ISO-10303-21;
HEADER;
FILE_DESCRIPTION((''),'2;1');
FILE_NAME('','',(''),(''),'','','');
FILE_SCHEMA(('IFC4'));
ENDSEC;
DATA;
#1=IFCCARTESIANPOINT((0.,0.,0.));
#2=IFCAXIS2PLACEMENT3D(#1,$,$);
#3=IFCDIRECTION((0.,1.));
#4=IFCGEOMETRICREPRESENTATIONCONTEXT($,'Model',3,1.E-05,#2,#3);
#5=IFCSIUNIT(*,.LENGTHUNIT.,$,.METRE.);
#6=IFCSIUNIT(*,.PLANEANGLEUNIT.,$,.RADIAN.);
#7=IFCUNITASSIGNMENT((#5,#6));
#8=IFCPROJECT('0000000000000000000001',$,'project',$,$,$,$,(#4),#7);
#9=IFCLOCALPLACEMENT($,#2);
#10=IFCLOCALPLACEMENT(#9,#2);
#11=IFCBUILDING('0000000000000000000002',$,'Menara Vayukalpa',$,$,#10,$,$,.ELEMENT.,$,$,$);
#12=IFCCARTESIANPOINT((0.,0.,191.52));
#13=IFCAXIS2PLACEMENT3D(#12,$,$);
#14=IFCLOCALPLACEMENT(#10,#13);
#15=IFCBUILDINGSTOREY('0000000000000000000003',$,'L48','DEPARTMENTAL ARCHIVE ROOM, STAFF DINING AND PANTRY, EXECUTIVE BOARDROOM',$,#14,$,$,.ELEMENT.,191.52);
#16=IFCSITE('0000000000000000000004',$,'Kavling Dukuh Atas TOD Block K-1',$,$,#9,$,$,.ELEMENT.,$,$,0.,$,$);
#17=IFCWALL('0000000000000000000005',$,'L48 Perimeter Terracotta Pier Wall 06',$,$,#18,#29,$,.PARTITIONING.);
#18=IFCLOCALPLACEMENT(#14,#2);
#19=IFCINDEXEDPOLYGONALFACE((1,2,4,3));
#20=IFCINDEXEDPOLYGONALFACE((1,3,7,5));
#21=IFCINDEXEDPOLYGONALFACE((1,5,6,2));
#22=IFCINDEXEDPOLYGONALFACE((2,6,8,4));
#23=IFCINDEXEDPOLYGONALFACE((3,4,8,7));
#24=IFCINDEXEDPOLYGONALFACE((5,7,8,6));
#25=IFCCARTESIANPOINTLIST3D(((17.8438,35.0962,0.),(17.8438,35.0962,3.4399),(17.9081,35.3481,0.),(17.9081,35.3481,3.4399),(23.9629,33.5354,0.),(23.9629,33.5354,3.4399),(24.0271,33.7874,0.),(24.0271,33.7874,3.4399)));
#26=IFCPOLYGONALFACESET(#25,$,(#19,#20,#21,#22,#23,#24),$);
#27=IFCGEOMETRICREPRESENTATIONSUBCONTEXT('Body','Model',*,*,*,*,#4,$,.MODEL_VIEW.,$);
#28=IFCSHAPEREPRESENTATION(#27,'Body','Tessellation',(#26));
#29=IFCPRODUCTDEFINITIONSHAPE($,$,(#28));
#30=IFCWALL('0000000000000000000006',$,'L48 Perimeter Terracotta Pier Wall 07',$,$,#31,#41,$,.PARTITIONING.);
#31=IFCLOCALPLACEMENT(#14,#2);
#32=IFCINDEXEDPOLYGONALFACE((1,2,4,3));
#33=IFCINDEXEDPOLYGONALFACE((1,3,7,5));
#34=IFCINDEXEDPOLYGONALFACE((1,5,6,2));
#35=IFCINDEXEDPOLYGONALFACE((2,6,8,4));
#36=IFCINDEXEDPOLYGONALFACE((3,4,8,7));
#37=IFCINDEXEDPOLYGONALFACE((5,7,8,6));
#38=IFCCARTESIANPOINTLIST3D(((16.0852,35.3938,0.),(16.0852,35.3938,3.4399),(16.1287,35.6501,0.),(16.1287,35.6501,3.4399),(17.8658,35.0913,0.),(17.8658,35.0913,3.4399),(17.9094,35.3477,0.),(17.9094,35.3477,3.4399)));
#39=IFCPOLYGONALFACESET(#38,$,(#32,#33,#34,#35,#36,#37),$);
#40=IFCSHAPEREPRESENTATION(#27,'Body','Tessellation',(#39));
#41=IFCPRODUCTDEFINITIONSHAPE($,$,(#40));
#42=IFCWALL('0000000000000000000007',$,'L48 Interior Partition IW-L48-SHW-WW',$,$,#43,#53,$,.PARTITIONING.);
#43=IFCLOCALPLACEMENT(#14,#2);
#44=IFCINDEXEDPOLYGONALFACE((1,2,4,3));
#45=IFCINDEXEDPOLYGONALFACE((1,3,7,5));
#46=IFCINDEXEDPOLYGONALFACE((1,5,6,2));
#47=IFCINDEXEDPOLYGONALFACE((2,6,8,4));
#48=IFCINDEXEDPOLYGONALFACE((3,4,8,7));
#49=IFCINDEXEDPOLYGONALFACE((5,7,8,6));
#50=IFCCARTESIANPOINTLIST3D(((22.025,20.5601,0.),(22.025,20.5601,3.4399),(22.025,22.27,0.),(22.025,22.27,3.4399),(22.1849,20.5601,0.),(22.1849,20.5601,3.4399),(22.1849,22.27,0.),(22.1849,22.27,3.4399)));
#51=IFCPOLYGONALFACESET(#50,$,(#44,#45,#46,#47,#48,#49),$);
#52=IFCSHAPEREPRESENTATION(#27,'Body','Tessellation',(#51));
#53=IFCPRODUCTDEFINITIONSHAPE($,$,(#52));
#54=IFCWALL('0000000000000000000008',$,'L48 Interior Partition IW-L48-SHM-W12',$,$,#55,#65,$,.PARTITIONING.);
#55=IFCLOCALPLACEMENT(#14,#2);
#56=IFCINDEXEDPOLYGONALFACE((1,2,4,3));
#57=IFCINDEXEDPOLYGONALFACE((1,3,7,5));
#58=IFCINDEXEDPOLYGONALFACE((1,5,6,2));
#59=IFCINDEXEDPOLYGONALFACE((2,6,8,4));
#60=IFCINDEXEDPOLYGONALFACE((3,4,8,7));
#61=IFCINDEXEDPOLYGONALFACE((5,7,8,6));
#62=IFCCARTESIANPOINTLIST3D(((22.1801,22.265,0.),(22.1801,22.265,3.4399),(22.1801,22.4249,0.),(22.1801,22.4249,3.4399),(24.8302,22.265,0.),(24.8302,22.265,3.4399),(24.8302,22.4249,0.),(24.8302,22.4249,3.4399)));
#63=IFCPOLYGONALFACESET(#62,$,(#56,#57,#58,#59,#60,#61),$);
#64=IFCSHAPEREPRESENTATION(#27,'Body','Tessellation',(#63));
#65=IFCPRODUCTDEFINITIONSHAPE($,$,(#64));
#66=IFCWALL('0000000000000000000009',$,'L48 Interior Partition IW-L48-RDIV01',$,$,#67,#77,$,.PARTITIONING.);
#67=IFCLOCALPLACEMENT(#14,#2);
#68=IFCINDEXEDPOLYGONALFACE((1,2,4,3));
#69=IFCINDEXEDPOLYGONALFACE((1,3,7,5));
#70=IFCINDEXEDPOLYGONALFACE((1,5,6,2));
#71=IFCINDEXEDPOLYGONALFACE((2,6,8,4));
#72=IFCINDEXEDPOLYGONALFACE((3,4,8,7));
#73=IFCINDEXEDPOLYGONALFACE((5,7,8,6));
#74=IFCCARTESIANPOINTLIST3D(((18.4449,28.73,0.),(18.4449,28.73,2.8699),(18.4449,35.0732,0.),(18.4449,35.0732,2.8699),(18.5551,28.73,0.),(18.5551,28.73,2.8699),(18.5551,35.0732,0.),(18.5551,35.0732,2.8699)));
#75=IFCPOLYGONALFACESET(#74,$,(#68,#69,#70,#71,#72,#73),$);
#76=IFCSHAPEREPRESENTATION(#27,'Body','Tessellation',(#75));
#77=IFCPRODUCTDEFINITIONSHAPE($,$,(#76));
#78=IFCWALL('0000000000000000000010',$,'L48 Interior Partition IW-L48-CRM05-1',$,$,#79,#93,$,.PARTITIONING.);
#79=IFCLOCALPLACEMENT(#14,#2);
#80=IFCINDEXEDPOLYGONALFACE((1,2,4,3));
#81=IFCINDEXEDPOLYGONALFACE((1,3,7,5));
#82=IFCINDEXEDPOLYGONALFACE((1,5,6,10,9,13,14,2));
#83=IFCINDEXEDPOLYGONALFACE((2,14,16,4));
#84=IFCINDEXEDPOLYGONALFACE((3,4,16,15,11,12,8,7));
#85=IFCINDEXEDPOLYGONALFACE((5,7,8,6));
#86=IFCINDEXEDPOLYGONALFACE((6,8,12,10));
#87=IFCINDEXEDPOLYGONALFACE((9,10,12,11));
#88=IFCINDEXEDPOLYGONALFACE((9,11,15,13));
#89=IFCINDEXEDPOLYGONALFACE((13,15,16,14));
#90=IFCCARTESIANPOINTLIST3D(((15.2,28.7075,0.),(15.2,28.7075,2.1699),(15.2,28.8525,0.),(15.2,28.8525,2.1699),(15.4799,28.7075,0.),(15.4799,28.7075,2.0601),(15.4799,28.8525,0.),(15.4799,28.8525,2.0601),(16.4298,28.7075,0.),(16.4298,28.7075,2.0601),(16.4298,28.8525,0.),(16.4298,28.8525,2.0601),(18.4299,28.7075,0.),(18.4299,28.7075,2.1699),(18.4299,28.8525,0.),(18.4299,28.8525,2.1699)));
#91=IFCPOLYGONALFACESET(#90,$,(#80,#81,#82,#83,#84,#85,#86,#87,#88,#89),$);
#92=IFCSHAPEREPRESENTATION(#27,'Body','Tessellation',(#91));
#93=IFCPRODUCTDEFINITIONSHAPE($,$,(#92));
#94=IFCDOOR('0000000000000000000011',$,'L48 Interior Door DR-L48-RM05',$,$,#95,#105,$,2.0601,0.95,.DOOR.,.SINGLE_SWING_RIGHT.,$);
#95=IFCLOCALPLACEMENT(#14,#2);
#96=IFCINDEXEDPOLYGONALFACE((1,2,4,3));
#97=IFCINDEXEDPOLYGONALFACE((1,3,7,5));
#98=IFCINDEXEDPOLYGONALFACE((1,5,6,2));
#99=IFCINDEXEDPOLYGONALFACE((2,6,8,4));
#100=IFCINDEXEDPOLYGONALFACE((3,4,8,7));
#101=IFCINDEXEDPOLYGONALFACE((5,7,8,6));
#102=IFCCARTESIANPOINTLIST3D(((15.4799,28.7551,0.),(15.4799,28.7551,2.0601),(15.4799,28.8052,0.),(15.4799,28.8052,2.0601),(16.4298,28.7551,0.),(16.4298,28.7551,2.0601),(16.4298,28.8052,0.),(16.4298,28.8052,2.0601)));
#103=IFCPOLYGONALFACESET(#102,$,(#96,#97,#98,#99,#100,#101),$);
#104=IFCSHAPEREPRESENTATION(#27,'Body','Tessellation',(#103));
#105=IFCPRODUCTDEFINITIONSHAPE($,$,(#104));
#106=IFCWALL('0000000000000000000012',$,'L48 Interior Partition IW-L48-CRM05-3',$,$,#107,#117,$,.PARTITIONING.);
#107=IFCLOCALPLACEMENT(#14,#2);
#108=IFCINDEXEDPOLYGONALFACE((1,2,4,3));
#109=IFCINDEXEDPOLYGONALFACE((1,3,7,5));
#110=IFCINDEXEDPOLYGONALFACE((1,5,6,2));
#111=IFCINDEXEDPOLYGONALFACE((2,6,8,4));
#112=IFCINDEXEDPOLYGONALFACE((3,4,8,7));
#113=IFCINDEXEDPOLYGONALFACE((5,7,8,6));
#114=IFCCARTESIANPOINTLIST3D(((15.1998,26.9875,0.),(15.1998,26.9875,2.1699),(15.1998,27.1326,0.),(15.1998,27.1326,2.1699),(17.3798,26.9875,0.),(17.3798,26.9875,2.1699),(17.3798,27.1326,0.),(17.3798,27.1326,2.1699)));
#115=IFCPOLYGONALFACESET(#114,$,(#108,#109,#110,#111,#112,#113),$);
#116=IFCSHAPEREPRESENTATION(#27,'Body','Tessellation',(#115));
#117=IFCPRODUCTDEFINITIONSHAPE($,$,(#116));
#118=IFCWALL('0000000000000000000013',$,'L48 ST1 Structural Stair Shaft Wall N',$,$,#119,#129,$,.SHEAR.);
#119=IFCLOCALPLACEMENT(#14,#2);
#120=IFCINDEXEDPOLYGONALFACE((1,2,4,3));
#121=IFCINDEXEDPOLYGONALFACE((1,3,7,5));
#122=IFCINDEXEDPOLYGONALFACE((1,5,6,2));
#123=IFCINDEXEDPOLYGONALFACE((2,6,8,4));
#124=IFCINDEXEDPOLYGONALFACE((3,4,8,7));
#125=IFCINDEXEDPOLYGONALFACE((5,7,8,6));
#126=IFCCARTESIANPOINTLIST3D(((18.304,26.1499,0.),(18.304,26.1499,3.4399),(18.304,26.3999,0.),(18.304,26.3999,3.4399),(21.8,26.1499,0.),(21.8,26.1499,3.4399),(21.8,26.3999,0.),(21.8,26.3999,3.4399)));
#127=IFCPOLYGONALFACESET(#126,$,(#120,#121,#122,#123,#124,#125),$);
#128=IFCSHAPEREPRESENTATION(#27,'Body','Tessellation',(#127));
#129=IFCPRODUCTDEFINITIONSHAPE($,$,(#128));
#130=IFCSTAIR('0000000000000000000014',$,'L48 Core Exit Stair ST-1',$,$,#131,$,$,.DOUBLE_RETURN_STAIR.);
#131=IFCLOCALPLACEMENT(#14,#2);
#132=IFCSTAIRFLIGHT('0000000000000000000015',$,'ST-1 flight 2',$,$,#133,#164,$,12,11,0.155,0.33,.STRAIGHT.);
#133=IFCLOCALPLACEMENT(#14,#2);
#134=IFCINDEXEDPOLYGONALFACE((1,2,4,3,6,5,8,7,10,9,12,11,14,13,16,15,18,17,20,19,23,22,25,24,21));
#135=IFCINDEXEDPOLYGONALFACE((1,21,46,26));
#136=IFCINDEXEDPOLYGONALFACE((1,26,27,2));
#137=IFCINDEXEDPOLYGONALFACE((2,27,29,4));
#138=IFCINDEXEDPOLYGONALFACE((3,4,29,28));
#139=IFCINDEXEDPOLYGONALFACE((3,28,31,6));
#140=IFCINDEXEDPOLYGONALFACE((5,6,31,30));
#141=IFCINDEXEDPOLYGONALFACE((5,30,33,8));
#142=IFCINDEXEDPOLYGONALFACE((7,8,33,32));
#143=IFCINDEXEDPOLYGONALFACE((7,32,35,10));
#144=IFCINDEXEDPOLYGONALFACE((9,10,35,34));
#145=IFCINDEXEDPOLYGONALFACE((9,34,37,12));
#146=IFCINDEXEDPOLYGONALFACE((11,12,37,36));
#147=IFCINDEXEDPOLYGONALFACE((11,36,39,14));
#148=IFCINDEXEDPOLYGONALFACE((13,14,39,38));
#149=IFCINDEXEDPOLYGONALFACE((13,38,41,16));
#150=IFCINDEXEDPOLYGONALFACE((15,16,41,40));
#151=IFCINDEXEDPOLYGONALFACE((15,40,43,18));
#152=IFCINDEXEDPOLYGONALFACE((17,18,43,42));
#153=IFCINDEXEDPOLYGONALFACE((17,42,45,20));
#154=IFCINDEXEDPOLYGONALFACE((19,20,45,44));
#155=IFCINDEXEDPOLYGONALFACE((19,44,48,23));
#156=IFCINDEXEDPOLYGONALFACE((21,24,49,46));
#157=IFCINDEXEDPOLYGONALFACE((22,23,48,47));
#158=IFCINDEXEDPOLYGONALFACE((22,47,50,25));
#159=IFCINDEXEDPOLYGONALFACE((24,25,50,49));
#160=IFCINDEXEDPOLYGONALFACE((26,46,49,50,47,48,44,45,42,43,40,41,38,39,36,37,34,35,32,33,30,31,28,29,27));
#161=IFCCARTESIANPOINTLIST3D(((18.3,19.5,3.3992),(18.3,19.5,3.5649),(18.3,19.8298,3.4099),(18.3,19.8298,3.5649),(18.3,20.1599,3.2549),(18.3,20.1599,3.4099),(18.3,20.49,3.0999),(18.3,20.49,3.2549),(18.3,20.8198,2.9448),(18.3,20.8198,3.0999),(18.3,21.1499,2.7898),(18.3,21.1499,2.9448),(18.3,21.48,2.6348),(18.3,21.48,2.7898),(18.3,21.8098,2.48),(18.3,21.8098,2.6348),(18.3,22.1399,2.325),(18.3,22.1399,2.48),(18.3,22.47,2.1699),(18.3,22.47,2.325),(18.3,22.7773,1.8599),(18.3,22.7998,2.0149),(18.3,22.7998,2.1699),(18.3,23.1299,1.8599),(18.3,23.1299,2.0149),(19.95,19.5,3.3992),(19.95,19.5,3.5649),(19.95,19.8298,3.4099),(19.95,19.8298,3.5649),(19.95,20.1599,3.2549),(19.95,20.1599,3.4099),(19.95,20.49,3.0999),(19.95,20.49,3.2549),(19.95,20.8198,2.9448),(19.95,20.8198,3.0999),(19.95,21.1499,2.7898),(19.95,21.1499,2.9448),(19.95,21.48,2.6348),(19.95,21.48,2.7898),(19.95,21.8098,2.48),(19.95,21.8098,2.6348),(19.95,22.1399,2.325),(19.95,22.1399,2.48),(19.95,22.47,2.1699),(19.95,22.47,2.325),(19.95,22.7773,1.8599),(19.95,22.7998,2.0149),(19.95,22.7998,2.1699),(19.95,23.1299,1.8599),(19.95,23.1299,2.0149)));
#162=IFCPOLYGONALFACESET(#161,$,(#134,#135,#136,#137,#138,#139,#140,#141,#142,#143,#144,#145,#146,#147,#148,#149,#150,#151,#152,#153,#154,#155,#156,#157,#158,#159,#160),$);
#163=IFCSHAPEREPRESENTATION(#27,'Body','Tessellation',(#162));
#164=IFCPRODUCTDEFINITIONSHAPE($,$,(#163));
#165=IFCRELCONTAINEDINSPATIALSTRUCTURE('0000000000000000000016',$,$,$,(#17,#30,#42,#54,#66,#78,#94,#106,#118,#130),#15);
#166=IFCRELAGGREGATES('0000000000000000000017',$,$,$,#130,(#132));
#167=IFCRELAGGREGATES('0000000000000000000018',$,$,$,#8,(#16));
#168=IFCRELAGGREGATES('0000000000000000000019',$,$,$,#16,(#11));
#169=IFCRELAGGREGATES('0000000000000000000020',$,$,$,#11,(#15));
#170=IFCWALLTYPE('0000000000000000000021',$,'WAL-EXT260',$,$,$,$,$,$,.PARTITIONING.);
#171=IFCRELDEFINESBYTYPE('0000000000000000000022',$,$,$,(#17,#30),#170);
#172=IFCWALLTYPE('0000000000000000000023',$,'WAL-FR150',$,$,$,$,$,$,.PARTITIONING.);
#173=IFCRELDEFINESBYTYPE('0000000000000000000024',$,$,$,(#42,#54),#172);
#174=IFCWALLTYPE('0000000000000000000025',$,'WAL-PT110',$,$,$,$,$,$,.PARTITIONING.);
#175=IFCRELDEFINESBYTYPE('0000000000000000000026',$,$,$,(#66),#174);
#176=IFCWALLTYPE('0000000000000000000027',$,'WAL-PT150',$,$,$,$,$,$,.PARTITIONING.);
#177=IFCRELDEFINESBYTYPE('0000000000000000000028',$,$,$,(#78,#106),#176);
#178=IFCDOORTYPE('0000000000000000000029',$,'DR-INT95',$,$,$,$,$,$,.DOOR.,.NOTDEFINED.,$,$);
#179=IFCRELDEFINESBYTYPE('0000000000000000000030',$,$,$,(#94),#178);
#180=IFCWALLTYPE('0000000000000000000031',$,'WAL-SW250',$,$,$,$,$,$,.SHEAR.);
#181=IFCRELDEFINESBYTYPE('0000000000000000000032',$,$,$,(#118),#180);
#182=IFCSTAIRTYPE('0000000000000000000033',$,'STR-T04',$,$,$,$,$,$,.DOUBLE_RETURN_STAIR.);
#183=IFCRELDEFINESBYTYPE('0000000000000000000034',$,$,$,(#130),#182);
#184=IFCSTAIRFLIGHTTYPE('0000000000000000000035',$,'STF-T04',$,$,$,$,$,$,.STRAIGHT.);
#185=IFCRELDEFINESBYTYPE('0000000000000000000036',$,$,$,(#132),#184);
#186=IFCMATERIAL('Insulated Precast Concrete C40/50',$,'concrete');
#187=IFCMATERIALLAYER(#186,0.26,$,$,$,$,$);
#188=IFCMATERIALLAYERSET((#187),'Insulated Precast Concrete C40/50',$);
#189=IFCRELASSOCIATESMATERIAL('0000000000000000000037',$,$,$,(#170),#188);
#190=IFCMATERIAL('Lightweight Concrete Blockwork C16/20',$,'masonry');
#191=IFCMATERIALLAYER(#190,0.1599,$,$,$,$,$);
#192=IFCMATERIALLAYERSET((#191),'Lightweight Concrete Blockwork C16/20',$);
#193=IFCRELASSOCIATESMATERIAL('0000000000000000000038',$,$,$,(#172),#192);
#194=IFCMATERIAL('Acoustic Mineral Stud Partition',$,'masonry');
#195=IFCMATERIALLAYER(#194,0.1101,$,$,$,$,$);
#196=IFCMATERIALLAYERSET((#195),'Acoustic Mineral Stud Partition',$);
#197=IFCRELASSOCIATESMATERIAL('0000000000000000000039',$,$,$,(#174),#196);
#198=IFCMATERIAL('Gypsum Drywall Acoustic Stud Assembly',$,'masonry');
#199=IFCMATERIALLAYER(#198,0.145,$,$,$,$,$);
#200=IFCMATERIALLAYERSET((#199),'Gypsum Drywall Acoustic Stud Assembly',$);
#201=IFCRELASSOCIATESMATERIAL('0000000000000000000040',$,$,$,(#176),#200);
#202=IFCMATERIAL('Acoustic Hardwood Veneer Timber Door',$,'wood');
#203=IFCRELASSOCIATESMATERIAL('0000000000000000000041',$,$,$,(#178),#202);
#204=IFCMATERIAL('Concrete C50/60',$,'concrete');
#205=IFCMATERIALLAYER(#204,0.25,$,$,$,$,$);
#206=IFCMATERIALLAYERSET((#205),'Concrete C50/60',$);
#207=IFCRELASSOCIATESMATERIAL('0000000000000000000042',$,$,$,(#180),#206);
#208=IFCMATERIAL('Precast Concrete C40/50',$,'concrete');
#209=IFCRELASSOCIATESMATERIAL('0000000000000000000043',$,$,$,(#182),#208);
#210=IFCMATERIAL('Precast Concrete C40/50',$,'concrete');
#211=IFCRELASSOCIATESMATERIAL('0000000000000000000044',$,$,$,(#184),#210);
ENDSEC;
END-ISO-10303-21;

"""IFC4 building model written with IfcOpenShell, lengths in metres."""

from ifc_helpers import new_model, si_unit, direction, frame, frame_2d, origin, place, context, subcontext, project, spatial, polyline, rectangle, outline, extrude, material, layer, layer_set, type_object, element, fill, aggregate, save


model = new_model("IFC4")

# Units and contexts
model_context = context("Model", 3, precision=1e-05, world=origin(), true_north=direction((0.0, 1.0)))
body_context = subcontext(model_context, "Body", "Model", "MODEL_VIEW")
ifc_project = project(units=[si_unit("LENGTHUNIT", "METRE"), si_unit("PLANEANGLEUNIT", "RADIAN")], contexts=[model_context])

# Site, building, storey
site_placement = place(None, origin())
site = spatial("IfcSite", under=ifc_project, at=site_placement, Name="Kavling Dukuh Atas TOD Block K-1", CompositionType="ELEMENT", RefElevation=0.0)
building_placement = place(site_placement, origin())
building = spatial("IfcBuilding", under=site, at=building_placement, Name="Menara Vayukalpa", CompositionType="ELEMENT")
storey_placement = place(building_placement, frame((0.0, 0.0, 191.52)))
storey = spatial("IfcBuildingStorey", under=building, at=storey_placement, Name="L48", Description="DEPARTMENTAL ARCHIVE ROOM, STAFF DINING AND PANTRY, EXECUTIVE BOARDROOM", CompositionType="ELEMENT", Elevation=191.52)

# Walls
ifc_material_1 = material(Name="Insulated Precast Concrete C40/50", Category="concrete")
ifc_layer_1 = layer(ifc_material_1, 0.26)
ifc_layer_set_1 = layer_set([ifc_layer_1], Name="Insulated Precast Concrete C40/50")
wall_type_1 = type_object("IfcWallType", Name="WAL-EXT260", PredefinedType="PARTITIONING", material=ifc_layer_set_1)
wall_1_placement = place(storey_placement, frame((17.876, 35.2222, 0.0), z_axis=(0.0, 0.0, 1.0), x_axis=(0.968976, -0.247154, 0.0)))
element("IfcWall", 1, at=wall_1_placement, inside=storey, type_object=wall_type_1, Name="L48 Perimeter Terracotta Pier Wall 06", PredefinedType="PARTITIONING", context=body_context, shape_type="SweptSolid", body=[
    extrude(rectangle(XDim=6.3149, YDim=0.26, at=frame_2d((3.1575, 0.0))), origin(), (0.0, 0.0, 1.0), 3.4399),
])
wall_2_placement = place(storey_placement, frame((16.1069, 35.522, 0.0), z_axis=(0.0, 0.0, 1.0), x_axis=(0.985878, -0.167467, 0.0)))
element("IfcWall", 2, at=wall_2_placement, inside=storey, type_object=wall_type_1, Name="L48 Perimeter Terracotta Pier Wall 07", PredefinedType="PARTITIONING", context=body_context, shape_type="SweptSolid", body=[
    extrude(rectangle(XDim=1.8062, YDim=0.26, at=frame_2d((0.9031, 0.0))), origin(), (0.0, 0.0, 1.0), 3.4399),
])
ifc_material_2 = material(Name="Lightweight Concrete Blockwork C16/20", Category="masonry")
ifc_layer_2 = layer(ifc_material_2, 0.1599)
ifc_layer_set_2 = layer_set([ifc_layer_2], Name="Lightweight Concrete Blockwork C16/20")
wall_type_2 = type_object("IfcWallType", Name="WAL-FR150", PredefinedType="PARTITIONING", material=ifc_layer_set_2)
wall_3_placement = place(storey_placement, frame((22.105, 20.5601, 0.0), z_axis=(0.0, 0.0, 1.0), x_axis=(0.0, 1.0, 0.0)))
element("IfcWall", 3, at=wall_3_placement, inside=storey, type_object=wall_type_2, Name="L48 Interior Partition IW-L48-SHW-WW", PredefinedType="PARTITIONING", context=body_context, shape_type="SweptSolid", body=[
    extrude(rectangle(XDim=1.71, YDim=0.1599, at=frame_2d((0.855, 0.0))), origin(), (0.0, 0.0, 1.0), 3.4399),
])
wall_4_placement = place(storey_placement, frame((22.1799, 22.345, 0.0), z_axis=(0.0, 0.0, 1.0), x_axis=(1.0, 0.0, 0.0)))
element("IfcWall", 4, at=wall_4_placement, inside=storey, type_object=wall_type_2, Name="L48 Interior Partition IW-L48-SHM-W12", PredefinedType="PARTITIONING", context=body_context, shape_type="SweptSolid", body=[
    extrude(rectangle(XDim=2.6501, YDim=0.1599, at=frame_2d((1.3252, 0.0))), origin(), (0.0, 0.0, 1.0), 3.4399),
])
ifc_material_3 = material(Name="Acoustic Mineral Stud Partition", Category="masonry")
ifc_layer_3 = layer(ifc_material_3, 0.1101)
ifc_layer_set_3 = layer_set([ifc_layer_3], Name="Acoustic Mineral Stud Partition")
wall_type_3 = type_object("IfcWallType", Name="WAL-PT110", PredefinedType="PARTITIONING", material=ifc_layer_set_3)
wall_5_placement = place(storey_placement, frame((18.5, 28.73, 0.0), z_axis=(0.0, 0.0, 1.0), x_axis=(0.0, 1.0, 0.0)))
element("IfcWall", 5, at=wall_5_placement, inside=storey, type_object=wall_type_3, Name="L48 Interior Partition IW-L48-RDIV01", PredefinedType="PARTITIONING", context=body_context, shape_type="SweptSolid", body=[
    extrude(rectangle(XDim=6.3433, YDim=0.1101, at=frame_2d((3.1716, 0.0))), origin(), (0.0, 0.0, 1.0), 2.8699),
])

# Wall, opening, door
ifc_material_4 = material(Name="Gypsum Drywall Acoustic Stud Assembly", Category="masonry")
ifc_layer_4 = layer(ifc_material_4, 0.145)
ifc_layer_set_4 = layer_set([ifc_layer_4], Name="Gypsum Drywall Acoustic Stud Assembly")
wall_type_4 = type_object("IfcWallType", Name="WAL-PT150", PredefinedType="PARTITIONING", material=ifc_layer_set_4)
wall_6_placement = place(storey_placement, frame((18.4299, 28.78, 0.0), z_axis=(0.0, 0.0, 1.0), x_axis=(-1.0, 0.0, 0.0)))
wall_6 = element("IfcWall", 6, at=wall_6_placement, inside=storey, type_object=wall_type_4, Name="L48 Interior Partition IW-L48-CRM05-1", PredefinedType="PARTITIONING", context=body_context, shape_type="SweptSolid", body=[
    extrude(rectangle(XDim=3.23, YDim=0.145, at=frame_2d((1.615, 0.0))), origin(), (0.0, 0.0, 1.0), 2.1699),
])
opening_placement = place(wall_6_placement, frame((2.0, 0.0, 0.0)))
opening = element("IfcOpeningElement", 7, at=opening_placement, cuts=wall_6, PredefinedType="OPENING", context=body_context, shape_type="SweptSolid", body=[
    extrude(rectangle(XDim=0.95, YDim=2.0601, at=frame_2d((0.4751, 1.03))), frame((0.0, 0.0825, 0.0), z_axis=(0.0, -1.0, 0.0), x_axis=(1.0, 0.0, 0.0)), (0.0, 0.0, 1.0), 0.165),
])
ifc_material_5 = material(Name="Acoustic Hardwood Veneer Timber Door", Category="wood")
door_type = type_object("IfcDoorType", Name="DR-INT95", OperationType="NOTDEFINED", PredefinedType="DOOR", material=ifc_material_5)
door_placement = place(opening_placement, origin())
door = element("IfcDoor", 8, at=door_placement, inside=storey, type_object=door_type, Name="L48 Interior Door DR-L48-RM05", OperationType="SINGLE_SWING_RIGHT", OverallHeight=2.0601, OverallWidth=0.95, PredefinedType="DOOR", context=body_context, shape_type="SweptSolid", body=[
    extrude(rectangle(XDim=0.95, YDim=2.0601, at=frame_2d((0.4751, 1.03))), frame((0.0, 0.0249, 0.0), z_axis=(0.0, -1.0, 0.0), x_axis=(1.0, 0.0, 0.0)), (0.0, 0.0, 1.0), 0.05),
])
fill(opening, door)

# Walls
wall_7_placement = place(storey_placement, frame((15.2, 27.0601, 0.0), z_axis=(0.0, 0.0, 1.0), x_axis=(1.0, 0.0, 0.0)))
element("IfcWall", 9, at=wall_7_placement, inside=storey, type_object=wall_type_4, Name="L48 Interior Partition IW-L48-CRM05-3", PredefinedType="PARTITIONING", context=body_context, shape_type="SweptSolid", body=[
    extrude(rectangle(XDim=2.1799, YDim=0.145, at=frame_2d((1.0898, 0.0))), origin(), (0.0, 0.0, 1.0), 2.1699),
])
ifc_material_6 = material(Name="Concrete C50/60", Category="concrete")
ifc_layer_5 = layer(ifc_material_6, 0.25)
ifc_layer_set_5 = layer_set([ifc_layer_5], Name="Concrete C50/60")
wall_type_5 = type_object("IfcWallType", Name="WAL-SW250", PredefinedType="SHEAR", material=ifc_layer_set_5)
wall_8_placement = place(storey_placement, frame((18.304, 26.2749, 0.0), z_axis=(0.0, 0.0, 1.0), x_axis=(1.0, 0.0, 0.0)))
element("IfcWall", 10, at=wall_8_placement, inside=storey, type_object=wall_type_5, Name="L48 ST1 Structural Stair Shaft Wall N", PredefinedType="SHEAR", context=body_context, shape_type="SweptSolid", body=[
    extrude(rectangle(XDim=3.4961, YDim=0.25, at=frame_2d((1.748, 0.0))), origin(), (0.0, 0.0, 1.0), 3.4399),
])

# Stair, stair flight
ifc_material_7 = material(Name="Precast Concrete C40/50", Category="concrete")
stair_type = type_object("IfcStairType", Name="STR-T04", PredefinedType="DOUBLE_RETURN_STAIR", material=ifc_material_7)
stair_placement = place(storey_placement, origin())
stair = element("IfcStair", 11, at=stair_placement, inside=storey, type_object=stair_type, Name="L48 Core Exit Stair ST-1", PredefinedType="DOUBLE_RETURN_STAIR")
ifc_material_8 = material(Name="Precast Concrete C40/50", Category="concrete")
stair_flight_type = type_object("IfcStairFlightType", Name="STF-T04", PredefinedType="STRAIGHT", material=ifc_material_8)
stair_flight_placement = place(storey_placement, frame((19.125, 23.1299, 1.8599), z_axis=(0.0, 0.0, 1.0), x_axis=(0.0, -1.0, 0.0)))
stair_flight = element("IfcStairFlight", 12, at=stair_flight_placement, type_object=stair_flight_type, Name="ST-1 flight 2", NumberOfRisers=12, NumberOfTreads=11, PredefinedType="STRAIGHT", RiserHeight=0.155, TreadLength=0.33, context=body_context, shape_type="SweptSolid", body=[
    extrude(outline(polyline([(0.0, 0.0), (0.0, 0.155), (0.3301, 0.155), (0.3301, 0.3101), (0.6599, 0.3101), (0.6599, 0.4651), (0.99, 0.4651), (0.99, 0.6201), (1.3201, 0.6201), (1.3201, 0.7749), (1.6499, 0.7749), (1.6499, 0.9299), (1.98, 0.9299), (1.98, 1.085), (2.3101, 1.085), (2.3101, 1.24), (2.6399, 1.24), (2.6399, 1.395), (2.97, 1.395), (2.97, 1.55), (3.3, 1.55), (3.3, 1.7051), (3.6299, 1.7051), (3.6299, 1.8601), (3.6299, 1.5393), (0.3525, 0.0), (0.0, 0.0)])), frame((0.0, 0.825, 0.0), z_axis=(0.0, -1.0, 0.0), x_axis=(1.0, 0.0, 0.0)), (0.0, 0.0, 1.0), 1.6499),
])
aggregate(stair, [stair_flight])

save(model, "model.ifc")
